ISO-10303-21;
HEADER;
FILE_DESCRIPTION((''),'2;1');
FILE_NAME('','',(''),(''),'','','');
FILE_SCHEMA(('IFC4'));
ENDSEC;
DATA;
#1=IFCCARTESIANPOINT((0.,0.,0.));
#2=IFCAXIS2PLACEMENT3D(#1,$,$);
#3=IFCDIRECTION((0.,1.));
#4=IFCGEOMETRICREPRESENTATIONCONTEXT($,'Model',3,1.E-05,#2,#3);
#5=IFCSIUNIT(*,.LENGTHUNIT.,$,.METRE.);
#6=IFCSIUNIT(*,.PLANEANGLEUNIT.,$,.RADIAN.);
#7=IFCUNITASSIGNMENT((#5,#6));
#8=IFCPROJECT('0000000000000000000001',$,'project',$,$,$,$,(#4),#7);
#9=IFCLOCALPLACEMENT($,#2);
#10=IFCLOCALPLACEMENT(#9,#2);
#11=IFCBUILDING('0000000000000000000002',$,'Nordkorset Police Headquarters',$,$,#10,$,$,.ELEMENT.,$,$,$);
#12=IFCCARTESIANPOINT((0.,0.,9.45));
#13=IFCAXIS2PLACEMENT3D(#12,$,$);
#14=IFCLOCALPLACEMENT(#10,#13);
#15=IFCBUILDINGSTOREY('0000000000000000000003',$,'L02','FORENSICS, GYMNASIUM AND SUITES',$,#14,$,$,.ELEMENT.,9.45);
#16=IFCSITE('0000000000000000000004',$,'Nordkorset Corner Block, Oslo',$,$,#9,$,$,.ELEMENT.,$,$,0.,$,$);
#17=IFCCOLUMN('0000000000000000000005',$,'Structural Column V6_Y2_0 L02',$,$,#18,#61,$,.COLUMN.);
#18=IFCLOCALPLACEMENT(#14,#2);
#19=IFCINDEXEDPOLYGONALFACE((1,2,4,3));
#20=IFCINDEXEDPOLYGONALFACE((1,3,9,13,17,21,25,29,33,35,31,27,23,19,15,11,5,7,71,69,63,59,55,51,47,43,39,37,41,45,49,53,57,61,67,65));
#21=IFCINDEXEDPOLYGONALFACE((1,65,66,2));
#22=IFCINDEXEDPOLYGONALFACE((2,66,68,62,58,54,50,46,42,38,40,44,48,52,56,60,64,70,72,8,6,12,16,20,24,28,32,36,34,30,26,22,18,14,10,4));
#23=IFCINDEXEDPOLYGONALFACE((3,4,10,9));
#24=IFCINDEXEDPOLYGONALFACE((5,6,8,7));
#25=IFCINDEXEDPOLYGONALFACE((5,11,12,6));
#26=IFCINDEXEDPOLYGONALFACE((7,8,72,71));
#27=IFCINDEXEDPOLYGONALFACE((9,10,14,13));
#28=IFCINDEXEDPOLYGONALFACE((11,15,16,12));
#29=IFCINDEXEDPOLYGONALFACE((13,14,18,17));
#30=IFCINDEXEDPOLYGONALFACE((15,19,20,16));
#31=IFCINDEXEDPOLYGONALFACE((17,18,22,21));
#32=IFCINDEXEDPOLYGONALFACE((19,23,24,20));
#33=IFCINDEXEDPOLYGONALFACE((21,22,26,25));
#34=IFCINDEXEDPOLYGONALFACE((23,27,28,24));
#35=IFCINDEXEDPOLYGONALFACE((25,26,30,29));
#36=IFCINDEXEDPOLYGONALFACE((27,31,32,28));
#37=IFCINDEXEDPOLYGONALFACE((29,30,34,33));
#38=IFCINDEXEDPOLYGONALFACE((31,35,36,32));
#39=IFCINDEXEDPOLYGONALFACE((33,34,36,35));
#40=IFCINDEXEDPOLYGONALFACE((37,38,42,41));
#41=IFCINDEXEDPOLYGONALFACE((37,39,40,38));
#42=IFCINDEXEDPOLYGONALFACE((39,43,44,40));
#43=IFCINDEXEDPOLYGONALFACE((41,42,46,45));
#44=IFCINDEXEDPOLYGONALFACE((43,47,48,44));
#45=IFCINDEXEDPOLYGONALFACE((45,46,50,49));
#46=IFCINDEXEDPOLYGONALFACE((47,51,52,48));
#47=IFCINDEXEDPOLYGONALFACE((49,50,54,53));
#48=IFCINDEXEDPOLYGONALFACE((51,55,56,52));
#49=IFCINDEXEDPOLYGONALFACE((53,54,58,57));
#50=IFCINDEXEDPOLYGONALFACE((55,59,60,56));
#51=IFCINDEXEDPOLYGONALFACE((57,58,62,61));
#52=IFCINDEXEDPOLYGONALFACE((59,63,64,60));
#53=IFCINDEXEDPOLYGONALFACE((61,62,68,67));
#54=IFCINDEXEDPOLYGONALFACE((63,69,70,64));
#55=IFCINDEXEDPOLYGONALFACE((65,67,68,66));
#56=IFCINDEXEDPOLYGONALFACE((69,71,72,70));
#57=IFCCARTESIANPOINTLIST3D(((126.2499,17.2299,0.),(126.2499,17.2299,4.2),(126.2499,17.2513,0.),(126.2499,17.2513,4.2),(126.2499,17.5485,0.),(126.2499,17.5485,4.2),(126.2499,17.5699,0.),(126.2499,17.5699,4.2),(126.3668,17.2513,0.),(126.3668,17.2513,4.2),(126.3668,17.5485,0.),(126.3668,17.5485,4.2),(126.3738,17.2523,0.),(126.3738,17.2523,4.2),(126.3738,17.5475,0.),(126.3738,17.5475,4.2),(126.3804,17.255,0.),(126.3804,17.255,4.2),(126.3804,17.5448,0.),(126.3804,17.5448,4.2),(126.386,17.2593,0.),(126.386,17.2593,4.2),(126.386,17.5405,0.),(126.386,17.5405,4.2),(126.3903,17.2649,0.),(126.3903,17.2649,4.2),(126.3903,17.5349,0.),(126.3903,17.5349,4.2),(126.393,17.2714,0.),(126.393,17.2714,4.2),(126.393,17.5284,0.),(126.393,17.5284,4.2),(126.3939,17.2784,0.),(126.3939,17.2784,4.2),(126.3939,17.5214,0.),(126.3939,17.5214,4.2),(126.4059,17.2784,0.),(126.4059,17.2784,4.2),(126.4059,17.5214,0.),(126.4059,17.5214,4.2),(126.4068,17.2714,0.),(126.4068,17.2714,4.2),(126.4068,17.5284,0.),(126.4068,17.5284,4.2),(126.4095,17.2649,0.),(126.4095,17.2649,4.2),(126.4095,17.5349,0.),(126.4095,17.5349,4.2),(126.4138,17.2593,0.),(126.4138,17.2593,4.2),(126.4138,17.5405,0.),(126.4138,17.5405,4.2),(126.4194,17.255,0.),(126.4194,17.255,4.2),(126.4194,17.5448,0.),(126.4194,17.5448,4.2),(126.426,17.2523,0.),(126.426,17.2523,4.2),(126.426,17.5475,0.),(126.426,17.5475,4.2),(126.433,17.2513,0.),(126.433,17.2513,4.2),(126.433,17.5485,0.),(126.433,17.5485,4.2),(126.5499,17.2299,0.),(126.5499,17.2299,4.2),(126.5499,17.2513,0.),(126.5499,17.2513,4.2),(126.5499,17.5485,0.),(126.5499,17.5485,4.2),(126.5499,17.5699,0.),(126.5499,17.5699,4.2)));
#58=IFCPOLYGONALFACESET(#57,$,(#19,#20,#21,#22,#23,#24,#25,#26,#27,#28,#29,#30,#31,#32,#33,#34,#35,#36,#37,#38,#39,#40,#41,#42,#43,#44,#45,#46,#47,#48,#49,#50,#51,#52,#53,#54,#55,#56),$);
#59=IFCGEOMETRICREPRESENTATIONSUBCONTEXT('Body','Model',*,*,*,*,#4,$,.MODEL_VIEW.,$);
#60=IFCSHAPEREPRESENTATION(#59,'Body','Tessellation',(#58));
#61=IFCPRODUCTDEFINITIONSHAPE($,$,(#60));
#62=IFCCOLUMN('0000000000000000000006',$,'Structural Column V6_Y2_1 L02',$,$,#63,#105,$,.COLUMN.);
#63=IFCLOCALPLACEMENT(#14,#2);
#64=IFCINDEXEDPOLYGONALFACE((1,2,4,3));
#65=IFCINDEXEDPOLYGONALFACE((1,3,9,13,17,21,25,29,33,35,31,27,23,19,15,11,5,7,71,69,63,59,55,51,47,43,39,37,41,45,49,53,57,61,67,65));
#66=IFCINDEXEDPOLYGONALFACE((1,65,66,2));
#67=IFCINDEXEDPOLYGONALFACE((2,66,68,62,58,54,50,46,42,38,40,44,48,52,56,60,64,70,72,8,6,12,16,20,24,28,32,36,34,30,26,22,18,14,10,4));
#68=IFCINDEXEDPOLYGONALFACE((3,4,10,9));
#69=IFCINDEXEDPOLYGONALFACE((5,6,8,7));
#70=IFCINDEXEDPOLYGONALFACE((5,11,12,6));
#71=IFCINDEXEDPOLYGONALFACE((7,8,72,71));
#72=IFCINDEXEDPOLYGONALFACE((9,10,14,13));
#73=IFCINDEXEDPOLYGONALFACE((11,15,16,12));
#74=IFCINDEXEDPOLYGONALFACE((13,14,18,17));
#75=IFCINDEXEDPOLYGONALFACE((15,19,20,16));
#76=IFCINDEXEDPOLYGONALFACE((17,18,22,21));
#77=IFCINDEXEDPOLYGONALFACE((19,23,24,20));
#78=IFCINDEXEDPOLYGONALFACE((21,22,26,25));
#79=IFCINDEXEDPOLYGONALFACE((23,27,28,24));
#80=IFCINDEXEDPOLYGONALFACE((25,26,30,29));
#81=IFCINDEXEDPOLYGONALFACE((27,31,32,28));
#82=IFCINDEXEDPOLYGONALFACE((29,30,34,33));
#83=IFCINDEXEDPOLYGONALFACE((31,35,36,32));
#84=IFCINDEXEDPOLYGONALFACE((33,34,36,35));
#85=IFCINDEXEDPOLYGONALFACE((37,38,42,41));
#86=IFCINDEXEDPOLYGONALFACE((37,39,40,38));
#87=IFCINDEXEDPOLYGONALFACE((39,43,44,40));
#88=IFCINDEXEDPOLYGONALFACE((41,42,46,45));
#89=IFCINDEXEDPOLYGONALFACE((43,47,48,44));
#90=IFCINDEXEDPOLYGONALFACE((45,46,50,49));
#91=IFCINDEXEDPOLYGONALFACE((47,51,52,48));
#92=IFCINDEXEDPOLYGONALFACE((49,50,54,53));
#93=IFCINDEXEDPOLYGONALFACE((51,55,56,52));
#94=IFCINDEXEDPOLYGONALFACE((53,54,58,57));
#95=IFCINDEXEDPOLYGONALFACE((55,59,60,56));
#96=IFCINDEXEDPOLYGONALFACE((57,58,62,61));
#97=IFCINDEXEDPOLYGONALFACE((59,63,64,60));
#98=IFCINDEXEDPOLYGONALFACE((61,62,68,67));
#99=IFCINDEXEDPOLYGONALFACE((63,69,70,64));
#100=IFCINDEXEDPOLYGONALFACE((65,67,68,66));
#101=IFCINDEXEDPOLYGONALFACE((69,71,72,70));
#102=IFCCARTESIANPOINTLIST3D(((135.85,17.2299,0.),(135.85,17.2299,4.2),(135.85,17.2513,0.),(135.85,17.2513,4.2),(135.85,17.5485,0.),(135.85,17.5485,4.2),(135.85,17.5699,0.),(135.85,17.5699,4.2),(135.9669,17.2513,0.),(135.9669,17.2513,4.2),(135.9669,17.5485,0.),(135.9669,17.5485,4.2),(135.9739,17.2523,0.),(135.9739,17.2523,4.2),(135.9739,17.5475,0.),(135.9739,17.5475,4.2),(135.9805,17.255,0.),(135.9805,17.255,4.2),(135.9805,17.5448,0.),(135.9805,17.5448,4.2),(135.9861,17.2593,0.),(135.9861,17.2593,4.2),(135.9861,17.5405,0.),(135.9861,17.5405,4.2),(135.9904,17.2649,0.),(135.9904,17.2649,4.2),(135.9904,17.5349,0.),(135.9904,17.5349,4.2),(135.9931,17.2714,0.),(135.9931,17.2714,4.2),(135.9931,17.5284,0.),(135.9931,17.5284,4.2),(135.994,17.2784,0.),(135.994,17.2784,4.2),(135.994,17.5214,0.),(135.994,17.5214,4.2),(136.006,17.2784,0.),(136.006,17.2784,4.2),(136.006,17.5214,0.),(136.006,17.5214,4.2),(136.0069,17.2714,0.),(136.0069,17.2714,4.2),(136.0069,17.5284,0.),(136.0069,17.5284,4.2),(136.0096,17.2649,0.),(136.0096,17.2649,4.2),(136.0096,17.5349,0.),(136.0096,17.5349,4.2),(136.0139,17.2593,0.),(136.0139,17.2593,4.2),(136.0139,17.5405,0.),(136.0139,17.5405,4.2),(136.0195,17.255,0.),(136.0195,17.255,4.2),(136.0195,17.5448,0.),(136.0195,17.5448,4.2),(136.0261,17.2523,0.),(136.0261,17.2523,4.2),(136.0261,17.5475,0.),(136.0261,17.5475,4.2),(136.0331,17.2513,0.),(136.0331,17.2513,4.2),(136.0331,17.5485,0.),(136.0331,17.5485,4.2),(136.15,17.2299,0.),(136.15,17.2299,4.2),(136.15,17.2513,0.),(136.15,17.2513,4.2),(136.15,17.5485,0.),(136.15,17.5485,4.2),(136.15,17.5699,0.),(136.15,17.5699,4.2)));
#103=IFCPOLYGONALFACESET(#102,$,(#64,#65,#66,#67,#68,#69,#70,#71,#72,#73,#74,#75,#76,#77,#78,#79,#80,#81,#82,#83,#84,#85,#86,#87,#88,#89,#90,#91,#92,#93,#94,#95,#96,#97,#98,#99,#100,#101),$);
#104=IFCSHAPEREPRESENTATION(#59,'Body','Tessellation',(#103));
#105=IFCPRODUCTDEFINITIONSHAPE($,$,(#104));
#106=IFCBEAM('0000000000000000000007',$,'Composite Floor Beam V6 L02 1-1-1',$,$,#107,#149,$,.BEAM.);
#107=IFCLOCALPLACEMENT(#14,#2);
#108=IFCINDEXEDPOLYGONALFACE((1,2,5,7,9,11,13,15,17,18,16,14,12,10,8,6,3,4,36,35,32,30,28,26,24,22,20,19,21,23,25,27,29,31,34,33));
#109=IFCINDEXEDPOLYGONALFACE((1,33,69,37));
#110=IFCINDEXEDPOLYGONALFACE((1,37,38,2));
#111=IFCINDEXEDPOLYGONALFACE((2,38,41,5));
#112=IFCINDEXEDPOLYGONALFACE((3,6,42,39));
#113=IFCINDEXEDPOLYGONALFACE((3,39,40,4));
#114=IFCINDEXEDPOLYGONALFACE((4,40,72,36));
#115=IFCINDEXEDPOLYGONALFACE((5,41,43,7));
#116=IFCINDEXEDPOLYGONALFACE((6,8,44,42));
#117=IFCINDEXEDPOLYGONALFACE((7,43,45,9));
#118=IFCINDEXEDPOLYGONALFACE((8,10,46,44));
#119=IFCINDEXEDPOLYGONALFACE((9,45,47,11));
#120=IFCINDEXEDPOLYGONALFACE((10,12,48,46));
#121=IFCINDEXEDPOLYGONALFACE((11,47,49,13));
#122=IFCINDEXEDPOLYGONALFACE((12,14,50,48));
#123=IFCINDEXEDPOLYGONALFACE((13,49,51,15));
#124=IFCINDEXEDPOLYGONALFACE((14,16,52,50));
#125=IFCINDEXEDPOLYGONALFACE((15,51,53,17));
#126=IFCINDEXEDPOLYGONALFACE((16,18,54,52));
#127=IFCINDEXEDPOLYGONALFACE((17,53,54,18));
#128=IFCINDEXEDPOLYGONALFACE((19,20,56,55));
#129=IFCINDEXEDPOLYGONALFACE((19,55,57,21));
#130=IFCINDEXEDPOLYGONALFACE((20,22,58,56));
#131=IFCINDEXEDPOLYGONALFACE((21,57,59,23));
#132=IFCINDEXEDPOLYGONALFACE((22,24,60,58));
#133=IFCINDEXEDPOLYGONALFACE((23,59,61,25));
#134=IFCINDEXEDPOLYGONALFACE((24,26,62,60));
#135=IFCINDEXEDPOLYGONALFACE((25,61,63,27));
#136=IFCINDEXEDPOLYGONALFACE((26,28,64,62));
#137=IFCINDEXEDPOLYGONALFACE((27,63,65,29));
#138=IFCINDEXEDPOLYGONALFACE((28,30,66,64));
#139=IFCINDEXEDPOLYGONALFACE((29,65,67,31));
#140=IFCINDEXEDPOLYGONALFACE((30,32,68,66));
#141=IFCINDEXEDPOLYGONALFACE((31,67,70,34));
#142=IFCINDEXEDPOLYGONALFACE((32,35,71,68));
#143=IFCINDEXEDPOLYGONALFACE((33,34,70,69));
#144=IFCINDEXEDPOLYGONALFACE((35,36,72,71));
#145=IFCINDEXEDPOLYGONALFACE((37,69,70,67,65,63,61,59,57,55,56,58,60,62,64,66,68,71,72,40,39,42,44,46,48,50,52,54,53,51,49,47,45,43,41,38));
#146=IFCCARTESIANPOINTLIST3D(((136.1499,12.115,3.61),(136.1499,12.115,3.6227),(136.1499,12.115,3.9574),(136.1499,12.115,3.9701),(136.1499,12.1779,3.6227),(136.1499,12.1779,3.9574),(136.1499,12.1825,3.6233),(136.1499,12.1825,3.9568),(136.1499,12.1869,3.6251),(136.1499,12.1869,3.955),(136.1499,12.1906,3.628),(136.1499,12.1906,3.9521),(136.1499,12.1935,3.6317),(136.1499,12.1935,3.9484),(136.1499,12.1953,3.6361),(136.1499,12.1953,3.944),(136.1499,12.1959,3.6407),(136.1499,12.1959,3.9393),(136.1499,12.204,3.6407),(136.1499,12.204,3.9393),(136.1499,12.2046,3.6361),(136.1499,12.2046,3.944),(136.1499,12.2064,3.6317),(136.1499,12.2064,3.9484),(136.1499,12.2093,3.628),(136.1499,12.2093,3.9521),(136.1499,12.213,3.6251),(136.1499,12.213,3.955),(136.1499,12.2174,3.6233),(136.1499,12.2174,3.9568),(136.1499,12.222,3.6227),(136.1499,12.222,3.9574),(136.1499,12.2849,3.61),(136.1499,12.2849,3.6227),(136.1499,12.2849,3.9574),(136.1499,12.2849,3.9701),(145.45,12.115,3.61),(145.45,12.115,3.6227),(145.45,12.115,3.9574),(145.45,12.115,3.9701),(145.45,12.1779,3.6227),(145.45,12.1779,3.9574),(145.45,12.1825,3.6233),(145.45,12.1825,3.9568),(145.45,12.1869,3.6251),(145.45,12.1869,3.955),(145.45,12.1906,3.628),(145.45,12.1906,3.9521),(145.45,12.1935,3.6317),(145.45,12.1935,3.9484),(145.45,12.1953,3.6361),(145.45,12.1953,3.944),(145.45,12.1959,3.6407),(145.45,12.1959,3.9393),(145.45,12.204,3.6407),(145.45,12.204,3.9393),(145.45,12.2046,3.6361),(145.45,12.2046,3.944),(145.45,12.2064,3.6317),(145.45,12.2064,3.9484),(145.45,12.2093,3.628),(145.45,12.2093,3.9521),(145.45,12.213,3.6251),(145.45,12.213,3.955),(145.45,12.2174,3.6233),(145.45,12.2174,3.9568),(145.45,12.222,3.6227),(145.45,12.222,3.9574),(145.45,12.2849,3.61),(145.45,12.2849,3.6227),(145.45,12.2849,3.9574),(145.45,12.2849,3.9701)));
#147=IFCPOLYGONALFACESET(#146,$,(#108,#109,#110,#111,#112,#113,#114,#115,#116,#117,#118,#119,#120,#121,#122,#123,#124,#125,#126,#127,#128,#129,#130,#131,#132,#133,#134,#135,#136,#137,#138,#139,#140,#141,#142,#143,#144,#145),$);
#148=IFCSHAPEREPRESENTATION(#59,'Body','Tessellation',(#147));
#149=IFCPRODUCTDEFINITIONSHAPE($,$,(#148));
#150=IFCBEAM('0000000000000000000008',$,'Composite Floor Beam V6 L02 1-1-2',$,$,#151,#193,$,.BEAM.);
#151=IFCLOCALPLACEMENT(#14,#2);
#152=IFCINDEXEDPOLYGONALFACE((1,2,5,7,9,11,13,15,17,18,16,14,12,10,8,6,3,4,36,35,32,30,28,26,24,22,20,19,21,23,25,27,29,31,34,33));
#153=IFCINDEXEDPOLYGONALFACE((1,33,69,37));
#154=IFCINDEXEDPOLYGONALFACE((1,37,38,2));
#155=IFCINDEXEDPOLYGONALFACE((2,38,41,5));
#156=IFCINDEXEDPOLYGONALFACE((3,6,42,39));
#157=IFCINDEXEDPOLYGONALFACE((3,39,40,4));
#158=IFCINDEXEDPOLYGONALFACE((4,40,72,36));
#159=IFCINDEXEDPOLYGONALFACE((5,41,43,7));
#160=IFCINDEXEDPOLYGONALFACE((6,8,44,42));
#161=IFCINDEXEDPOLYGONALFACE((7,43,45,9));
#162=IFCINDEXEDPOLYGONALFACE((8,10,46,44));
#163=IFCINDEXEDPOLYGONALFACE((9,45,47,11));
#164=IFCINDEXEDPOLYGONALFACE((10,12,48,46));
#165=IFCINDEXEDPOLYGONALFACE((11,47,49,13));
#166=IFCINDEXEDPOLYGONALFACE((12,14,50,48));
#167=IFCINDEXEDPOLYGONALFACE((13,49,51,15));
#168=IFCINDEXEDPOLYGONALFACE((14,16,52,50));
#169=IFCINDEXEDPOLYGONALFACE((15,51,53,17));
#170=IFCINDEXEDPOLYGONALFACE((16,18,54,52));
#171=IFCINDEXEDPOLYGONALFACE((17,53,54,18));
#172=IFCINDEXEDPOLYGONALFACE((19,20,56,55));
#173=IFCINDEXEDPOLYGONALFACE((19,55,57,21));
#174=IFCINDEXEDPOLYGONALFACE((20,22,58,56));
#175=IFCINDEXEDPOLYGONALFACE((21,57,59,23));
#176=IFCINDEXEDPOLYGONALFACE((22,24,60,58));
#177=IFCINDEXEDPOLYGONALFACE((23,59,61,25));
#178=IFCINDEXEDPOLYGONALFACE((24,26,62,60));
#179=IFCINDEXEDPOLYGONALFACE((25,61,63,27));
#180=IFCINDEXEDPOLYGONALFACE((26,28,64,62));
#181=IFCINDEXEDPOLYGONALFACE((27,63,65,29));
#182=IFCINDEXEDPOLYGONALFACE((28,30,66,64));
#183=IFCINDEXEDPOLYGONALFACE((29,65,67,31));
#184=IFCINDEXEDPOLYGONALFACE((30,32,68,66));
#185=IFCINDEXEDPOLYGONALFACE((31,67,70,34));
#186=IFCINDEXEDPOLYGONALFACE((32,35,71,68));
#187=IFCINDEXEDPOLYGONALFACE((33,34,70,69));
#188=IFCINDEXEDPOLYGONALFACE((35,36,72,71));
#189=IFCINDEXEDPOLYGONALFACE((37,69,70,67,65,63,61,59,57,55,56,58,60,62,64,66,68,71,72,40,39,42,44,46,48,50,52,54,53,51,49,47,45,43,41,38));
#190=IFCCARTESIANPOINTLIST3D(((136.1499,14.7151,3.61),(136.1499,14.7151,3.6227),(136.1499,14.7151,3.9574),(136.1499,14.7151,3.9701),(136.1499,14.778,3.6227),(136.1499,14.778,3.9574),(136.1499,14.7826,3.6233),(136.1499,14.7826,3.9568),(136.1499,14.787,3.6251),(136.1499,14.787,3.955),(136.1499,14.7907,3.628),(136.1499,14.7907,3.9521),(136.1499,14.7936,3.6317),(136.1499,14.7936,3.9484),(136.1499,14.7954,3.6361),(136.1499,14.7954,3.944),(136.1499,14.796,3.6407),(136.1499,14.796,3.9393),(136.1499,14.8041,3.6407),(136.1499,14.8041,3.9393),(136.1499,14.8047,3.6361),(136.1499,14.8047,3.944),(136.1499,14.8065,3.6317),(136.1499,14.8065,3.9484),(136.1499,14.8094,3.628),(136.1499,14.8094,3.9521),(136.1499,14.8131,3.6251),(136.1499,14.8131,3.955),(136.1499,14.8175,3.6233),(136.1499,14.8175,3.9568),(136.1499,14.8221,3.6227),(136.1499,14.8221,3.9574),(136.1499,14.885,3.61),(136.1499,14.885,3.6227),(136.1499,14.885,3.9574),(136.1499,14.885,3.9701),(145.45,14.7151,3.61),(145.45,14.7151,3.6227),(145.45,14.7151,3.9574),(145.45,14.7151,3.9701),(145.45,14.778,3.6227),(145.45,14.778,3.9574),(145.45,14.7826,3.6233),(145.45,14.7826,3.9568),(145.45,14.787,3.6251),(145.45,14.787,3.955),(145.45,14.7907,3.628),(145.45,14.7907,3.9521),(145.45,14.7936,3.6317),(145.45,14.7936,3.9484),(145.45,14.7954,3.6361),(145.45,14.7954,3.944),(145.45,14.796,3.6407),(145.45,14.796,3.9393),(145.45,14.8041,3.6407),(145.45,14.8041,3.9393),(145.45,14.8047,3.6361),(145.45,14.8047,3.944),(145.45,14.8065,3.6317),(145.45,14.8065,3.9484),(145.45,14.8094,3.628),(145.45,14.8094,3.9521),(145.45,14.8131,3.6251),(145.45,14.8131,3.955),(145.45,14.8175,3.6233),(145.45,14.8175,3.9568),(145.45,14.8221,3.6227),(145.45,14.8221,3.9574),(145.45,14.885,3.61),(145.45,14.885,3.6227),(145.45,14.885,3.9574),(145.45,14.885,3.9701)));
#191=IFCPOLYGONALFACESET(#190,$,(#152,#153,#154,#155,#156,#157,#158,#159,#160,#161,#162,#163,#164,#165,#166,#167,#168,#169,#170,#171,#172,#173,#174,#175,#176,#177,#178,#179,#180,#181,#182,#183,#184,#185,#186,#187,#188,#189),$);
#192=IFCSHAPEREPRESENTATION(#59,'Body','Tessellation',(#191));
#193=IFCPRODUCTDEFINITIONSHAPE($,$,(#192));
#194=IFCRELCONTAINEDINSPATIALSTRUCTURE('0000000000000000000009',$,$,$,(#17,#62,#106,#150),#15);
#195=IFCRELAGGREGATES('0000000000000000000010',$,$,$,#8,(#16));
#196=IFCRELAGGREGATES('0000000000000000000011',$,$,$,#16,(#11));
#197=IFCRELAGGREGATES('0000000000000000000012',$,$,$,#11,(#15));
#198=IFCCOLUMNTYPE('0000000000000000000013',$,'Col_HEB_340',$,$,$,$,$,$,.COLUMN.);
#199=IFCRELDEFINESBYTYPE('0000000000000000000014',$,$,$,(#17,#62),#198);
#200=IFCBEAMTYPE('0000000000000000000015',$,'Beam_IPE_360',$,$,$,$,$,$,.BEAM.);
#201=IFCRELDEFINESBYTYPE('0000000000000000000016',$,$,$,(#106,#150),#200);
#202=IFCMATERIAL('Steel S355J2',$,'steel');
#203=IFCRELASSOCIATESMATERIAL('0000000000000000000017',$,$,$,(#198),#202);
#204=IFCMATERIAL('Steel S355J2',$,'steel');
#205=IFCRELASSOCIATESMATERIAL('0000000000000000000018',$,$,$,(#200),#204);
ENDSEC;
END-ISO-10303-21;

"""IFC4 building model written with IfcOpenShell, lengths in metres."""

from ifc_helpers import new_model, si_unit, direction, frame, origin, origin_2d, place, context, subcontext, project, spatial, i_section, extrude, material, material_profile, profile_set, type_object, element, save


model = new_model("IFC4")

# Units and contexts
model_context = context("Model", 3, precision=1e-05, world=origin(), true_north=direction((0.0, 1.0)))
body_context = subcontext(model_context, "Body", "Model", "MODEL_VIEW")
ifc_project = project(units=[si_unit("LENGTHUNIT", "METRE"), si_unit("PLANEANGLEUNIT", "RADIAN")], contexts=[model_context])

# Site, building, storey
site_placement = place(None, origin())
site = spatial("IfcSite", under=ifc_project, at=site_placement, Name="Nordkorset Corner Block, Oslo", CompositionType="ELEMENT", RefElevation=0.0)
building_placement = place(site_placement, origin())
building = spatial("IfcBuilding", under=site, at=building_placement, Name="Nordkorset Police Headquarters", CompositionType="ELEMENT")
storey_placement = place(building_placement, frame((0.0, 0.0, 9.45)))
storey = spatial("IfcBuildingStorey", under=building, at=storey_placement, Name="L02", Description="FORENSICS, GYMNASIUM AND SUITES", CompositionType="ELEMENT", Elevation=9.45)

# Columns
ifc_material_1 = material(Name="Steel S355J2", Category="steel")
ifc_material_profile_1 = material_profile(ifc_material_1, i_section(OverallWidth=0.3, OverallDepth=0.3401, WebThickness=0.012, FlangeThickness=0.0215, FilletRadius=0.0271, at=origin_2d()), Name="HEB 340")
ifc_profile_set_1 = profile_set([ifc_material_profile_1], Name="Steel S355J2")
column_type = type_object("IfcColumnType", Name="Col_HEB_340", PredefinedType="COLUMN", material=ifc_profile_set_1)
for number, where, z_axis, x_axis, name in (
    (1, (126.3999, 17.3999, 0.0), (0.0, 0.0, 1.0), (1.0, 0.0, 0.0), "Structural Column V6_Y2_0 L02"),
    (2, (136.0, 17.3999, 0.0), (0.0, 0.0, 1.0), (1.0, 0.0, 0.0), "Structural Column V6_Y2_1 L02"),
):
    element("IfcColumn", number, at=place(storey_placement, frame(where, z_axis=z_axis, x_axis=x_axis)), inside=storey, type_object=column_type, Name=name, PredefinedType="COLUMN", context=body_context, shape_type="SweptSolid", body=[
        extrude(i_section(OverallWidth=0.3, OverallDepth=0.3401, WebThickness=0.012, FlangeThickness=0.0215, FilletRadius=0.0271, at=origin_2d()), origin(), (0.0, 0.0, 1.0), 4.2),
    ])

# Beams
ifc_material_2 = material(Name="Steel S355J2", Category="steel")
ifc_material_profile_2 = material_profile(ifc_material_2, i_section(OverallWidth=0.1699, OverallDepth=0.3601, WebThickness=0.0081, FlangeThickness=0.0127, FilletRadius=0.0181, at=origin_2d()), Name="IPE 360")
ifc_profile_set_2 = profile_set([ifc_material_profile_2], Name="Steel S355J2")
beam_type_1 = type_object("IfcBeamType", Name="Beam_IPE_360", PredefinedType="BEAM", material=ifc_profile_set_2)
for number, where, z_axis, x_axis, name in (
    (3, (136.1499, 12.2, 3.79), (1.0, 0.0, 0.0), (0.0, 1.0, 0.0), "Composite Floor Beam V6 L02 1-1-1"),
    (4, (136.1499, 14.8, 3.79), (1.0, 0.0, 0.0), (0.0, 1.0, 0.0), "Composite Floor Beam V6 L02 1-1-2"),
):
    element("IfcBeam", number, at=place(storey_placement, frame(where, z_axis=z_axis, x_axis=x_axis)), inside=storey, type_object=beam_type_1, Name=name, PredefinedType="BEAM", context=body_context, shape_type="SweptSolid", body=[
        extrude(i_section(OverallWidth=0.1699, OverallDepth=0.3601, WebThickness=0.0081, FlangeThickness=0.0127, FilletRadius=0.0181, at=origin_2d()), origin(), (0.0, 0.0, 1.0), 9.3),
    ])

save(model, "model.ifc")
